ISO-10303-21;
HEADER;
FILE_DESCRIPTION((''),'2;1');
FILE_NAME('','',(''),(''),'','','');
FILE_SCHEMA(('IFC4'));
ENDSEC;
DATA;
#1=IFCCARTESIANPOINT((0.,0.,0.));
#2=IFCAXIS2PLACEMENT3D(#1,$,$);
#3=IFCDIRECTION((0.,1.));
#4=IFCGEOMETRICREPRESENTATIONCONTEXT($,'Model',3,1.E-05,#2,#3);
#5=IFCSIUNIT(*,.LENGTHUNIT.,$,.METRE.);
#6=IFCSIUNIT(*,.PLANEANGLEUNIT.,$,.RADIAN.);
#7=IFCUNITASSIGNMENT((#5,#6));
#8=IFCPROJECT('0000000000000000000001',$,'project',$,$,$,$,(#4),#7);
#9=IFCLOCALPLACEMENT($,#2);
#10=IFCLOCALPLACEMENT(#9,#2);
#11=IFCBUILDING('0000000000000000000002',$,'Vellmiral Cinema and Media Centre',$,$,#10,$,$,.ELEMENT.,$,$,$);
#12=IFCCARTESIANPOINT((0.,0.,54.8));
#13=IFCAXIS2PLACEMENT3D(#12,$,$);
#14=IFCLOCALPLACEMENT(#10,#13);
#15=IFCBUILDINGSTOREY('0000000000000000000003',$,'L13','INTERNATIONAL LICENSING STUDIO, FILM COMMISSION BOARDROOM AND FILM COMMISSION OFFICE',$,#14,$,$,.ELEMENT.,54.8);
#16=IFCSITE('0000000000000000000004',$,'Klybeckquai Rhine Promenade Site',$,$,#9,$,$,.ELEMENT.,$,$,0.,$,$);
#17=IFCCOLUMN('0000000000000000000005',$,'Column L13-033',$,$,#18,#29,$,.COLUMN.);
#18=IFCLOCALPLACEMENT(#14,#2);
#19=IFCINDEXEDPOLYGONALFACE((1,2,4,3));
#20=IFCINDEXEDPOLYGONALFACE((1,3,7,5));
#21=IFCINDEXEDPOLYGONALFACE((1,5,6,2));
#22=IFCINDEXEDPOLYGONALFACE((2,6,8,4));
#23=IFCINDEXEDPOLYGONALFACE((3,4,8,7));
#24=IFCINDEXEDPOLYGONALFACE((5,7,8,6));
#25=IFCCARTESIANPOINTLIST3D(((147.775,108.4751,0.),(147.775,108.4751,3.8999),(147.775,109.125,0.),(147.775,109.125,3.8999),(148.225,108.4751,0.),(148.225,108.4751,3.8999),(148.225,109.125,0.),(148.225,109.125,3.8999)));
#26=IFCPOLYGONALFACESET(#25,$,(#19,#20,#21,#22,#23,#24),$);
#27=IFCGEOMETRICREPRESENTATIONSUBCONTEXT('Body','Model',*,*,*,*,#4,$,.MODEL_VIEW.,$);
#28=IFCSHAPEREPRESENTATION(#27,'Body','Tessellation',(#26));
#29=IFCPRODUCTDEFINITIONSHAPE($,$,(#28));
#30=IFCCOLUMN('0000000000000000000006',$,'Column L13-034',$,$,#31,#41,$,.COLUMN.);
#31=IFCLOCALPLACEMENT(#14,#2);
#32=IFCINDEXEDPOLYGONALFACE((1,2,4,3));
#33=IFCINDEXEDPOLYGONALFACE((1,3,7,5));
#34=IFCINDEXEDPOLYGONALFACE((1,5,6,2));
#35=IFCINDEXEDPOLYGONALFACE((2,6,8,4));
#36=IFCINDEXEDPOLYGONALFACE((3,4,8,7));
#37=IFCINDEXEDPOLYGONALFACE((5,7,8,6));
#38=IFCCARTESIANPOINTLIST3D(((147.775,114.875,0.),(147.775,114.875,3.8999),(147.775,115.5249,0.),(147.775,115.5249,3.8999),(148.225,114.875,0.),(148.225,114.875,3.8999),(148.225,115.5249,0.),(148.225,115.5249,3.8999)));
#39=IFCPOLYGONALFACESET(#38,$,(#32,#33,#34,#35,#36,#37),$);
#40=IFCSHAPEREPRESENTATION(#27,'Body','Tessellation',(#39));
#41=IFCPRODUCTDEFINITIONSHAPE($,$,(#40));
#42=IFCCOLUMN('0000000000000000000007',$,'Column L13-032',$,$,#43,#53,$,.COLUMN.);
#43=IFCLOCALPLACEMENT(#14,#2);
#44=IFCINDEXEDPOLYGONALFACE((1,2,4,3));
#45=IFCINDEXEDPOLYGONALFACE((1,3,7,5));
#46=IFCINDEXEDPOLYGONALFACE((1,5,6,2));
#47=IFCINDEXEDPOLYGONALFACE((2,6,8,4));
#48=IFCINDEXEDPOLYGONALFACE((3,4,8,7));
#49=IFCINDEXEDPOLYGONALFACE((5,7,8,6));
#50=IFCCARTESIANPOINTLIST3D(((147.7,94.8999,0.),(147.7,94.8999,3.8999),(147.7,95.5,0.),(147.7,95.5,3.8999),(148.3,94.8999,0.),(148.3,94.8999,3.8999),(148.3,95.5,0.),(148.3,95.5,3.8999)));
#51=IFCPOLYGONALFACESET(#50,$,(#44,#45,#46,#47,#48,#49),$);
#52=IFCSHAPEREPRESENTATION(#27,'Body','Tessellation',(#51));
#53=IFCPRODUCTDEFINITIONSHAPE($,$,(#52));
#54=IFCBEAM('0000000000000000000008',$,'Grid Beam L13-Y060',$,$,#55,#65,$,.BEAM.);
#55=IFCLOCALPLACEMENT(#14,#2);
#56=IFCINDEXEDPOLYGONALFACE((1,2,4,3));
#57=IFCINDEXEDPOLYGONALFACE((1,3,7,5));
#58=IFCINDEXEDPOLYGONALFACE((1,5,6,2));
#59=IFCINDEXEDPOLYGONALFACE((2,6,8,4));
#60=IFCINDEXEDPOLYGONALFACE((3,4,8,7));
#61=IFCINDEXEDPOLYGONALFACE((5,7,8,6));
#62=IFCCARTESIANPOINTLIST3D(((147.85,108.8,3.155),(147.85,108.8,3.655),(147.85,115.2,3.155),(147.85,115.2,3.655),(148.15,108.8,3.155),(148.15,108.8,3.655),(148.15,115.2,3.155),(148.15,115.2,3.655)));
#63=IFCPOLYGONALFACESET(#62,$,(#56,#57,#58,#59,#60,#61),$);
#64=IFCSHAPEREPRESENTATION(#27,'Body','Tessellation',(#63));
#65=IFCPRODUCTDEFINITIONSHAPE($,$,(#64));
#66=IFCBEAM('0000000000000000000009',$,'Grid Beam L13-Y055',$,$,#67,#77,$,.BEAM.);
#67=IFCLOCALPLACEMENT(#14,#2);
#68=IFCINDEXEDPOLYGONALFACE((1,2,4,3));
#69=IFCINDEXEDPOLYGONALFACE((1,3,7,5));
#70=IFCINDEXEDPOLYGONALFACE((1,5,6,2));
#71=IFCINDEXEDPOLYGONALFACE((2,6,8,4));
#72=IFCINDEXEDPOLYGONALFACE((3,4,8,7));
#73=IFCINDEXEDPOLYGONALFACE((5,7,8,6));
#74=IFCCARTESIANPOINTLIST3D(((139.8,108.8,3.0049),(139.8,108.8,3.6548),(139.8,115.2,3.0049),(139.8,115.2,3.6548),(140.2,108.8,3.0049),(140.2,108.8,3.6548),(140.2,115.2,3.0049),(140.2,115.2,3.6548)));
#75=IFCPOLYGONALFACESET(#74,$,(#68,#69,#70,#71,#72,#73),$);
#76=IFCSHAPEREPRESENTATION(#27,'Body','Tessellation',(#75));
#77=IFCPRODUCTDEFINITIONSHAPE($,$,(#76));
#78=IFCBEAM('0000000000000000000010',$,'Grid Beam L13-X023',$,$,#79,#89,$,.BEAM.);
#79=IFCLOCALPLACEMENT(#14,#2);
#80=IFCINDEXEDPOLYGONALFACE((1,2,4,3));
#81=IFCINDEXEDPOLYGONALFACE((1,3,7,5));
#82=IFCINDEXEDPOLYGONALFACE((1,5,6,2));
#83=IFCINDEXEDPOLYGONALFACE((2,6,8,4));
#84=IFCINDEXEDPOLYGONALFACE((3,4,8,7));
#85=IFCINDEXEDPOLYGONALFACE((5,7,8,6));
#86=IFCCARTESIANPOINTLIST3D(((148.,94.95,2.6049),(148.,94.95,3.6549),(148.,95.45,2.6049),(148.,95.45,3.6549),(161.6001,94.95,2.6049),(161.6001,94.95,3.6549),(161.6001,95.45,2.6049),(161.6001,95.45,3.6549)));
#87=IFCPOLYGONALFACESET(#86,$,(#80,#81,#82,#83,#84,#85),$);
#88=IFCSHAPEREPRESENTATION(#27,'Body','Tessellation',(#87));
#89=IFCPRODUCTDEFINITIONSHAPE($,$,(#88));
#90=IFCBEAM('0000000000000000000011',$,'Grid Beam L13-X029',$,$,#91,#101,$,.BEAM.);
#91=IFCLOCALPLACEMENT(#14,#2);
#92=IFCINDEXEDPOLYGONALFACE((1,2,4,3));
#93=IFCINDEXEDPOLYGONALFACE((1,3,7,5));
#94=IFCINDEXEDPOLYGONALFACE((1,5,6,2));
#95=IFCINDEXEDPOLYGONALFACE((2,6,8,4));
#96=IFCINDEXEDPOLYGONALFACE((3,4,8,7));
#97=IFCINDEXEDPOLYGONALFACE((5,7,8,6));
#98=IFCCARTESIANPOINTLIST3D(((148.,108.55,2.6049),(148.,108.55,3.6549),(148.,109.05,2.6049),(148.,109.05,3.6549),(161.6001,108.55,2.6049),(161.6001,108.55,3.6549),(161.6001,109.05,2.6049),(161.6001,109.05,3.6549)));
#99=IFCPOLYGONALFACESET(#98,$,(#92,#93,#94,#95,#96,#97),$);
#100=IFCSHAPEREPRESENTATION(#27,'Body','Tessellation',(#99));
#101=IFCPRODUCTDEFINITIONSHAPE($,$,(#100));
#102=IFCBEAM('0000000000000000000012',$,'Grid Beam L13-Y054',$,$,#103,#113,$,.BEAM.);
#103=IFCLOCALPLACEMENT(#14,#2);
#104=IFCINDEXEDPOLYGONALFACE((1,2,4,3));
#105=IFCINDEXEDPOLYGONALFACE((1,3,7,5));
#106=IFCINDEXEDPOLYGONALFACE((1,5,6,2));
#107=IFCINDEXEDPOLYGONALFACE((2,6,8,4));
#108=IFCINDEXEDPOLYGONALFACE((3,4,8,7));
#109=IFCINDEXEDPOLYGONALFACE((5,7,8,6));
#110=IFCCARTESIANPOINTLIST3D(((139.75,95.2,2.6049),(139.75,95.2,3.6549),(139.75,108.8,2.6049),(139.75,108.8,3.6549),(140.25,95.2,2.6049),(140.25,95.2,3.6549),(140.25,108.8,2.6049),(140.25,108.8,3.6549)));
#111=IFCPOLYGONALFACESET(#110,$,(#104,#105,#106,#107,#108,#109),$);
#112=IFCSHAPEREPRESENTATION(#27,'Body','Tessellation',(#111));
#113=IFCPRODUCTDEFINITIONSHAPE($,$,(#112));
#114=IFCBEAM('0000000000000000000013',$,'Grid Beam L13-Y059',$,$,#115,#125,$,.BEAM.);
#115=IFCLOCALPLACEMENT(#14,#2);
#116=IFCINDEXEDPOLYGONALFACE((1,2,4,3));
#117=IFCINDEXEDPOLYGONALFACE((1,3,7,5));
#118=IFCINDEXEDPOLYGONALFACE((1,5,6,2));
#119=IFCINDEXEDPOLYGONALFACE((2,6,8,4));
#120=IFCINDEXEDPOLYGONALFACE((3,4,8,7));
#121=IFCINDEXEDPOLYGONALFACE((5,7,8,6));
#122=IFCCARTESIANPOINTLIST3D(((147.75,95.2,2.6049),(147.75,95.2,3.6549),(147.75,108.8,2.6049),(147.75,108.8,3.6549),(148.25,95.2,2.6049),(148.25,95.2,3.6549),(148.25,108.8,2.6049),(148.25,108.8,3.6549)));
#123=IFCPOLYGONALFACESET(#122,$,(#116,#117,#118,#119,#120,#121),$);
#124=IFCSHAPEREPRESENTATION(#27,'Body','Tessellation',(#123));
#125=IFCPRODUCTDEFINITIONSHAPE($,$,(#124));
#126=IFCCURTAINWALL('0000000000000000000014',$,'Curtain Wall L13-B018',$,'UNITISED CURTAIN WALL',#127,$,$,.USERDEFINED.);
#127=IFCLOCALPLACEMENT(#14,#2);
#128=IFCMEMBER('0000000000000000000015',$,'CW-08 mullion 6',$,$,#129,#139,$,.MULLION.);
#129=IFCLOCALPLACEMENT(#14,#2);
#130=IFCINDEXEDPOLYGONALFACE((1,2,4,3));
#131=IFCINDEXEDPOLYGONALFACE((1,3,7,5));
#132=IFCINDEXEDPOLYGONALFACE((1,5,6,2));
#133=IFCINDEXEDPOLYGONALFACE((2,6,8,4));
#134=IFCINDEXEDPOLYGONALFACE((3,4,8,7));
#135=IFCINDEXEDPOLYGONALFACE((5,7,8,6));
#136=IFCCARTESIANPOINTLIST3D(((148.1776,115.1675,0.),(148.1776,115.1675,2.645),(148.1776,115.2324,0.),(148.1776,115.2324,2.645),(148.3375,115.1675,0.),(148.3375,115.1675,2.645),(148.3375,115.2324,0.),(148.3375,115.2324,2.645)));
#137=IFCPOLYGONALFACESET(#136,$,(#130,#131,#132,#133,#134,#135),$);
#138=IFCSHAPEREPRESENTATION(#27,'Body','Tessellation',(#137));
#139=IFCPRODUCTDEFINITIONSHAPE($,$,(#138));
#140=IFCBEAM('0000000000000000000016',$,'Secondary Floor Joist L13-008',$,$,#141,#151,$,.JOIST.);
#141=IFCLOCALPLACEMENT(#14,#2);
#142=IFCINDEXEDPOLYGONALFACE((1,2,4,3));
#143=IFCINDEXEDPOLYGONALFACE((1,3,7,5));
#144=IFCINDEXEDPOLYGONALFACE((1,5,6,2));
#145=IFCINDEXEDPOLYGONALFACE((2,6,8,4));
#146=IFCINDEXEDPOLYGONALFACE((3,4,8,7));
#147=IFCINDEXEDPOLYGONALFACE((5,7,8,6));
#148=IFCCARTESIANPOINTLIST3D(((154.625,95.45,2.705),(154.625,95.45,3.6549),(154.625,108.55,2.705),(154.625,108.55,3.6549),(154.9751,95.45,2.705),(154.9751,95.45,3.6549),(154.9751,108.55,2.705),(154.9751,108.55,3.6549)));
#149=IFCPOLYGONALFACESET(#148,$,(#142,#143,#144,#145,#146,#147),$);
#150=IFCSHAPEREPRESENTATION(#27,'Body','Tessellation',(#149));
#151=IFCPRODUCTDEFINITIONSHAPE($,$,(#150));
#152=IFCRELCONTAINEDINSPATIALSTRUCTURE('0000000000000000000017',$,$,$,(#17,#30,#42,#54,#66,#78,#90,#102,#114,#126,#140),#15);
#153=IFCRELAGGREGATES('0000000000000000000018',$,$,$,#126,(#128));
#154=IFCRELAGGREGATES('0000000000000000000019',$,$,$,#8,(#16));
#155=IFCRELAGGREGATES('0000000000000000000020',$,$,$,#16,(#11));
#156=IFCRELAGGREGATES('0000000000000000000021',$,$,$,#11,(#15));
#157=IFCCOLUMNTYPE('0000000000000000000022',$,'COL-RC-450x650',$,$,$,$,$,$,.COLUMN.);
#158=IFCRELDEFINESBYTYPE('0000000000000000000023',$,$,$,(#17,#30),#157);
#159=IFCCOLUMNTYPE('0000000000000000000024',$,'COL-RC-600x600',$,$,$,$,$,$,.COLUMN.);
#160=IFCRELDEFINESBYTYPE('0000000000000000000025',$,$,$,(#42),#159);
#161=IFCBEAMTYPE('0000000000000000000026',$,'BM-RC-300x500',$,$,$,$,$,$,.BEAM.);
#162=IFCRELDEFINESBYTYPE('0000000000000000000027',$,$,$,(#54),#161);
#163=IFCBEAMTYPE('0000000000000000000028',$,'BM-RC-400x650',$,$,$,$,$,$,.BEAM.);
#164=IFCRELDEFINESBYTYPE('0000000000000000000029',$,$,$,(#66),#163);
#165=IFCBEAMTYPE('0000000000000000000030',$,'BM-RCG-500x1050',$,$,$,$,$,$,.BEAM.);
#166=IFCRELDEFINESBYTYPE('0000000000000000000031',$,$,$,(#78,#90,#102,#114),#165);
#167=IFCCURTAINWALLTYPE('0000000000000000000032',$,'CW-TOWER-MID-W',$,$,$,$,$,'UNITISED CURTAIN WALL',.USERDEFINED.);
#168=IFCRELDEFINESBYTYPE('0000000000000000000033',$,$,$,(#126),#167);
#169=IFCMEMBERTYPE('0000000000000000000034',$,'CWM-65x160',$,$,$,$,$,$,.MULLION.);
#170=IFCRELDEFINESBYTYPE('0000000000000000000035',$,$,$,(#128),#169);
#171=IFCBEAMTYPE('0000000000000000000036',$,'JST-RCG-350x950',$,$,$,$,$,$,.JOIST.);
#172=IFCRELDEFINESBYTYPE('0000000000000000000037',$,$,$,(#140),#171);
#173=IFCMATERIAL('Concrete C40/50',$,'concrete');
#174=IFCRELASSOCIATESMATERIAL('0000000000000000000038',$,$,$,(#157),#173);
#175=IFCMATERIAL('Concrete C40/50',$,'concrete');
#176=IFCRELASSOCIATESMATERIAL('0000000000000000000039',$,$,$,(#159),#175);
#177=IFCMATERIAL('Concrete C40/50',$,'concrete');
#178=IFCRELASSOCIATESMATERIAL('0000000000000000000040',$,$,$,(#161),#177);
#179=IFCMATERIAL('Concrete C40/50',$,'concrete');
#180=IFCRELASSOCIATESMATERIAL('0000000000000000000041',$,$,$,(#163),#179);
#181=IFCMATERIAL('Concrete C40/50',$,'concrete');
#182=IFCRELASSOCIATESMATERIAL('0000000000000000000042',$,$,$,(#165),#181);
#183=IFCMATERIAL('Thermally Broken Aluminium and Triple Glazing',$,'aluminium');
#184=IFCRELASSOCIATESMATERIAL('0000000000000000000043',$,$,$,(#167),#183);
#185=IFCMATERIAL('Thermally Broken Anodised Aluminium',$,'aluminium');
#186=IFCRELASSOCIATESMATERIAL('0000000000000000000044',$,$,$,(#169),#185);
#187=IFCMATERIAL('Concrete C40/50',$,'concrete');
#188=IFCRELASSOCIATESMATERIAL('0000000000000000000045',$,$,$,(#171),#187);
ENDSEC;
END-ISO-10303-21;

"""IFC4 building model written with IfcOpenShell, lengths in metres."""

from ifc_helpers import new_model, si_unit, direction, frame, origin, origin_2d, place, context, subcontext, project, spatial, rectangle, extrude, material, material_profile, profile_set, type_object, element, aggregate, save


model = new_model("IFC4")

# Units and contexts
model_context = context("Model", 3, precision=1e-05, world=origin(), true_north=direction((0.0, 1.0)))
body_context = subcontext(model_context, "Body", "Model", "MODEL_VIEW")
ifc_project = project(units=[si_unit("LENGTHUNIT", "METRE"), si_unit("PLANEANGLEUNIT", "RADIAN")], contexts=[model_context])

# Site, building, storey
site_placement = place(None, origin())
site = spatial("IfcSite", under=ifc_project, at=site_placement, Name="Klybeckquai Rhine Promenade Site", CompositionType="ELEMENT", RefElevation=0.0)
building_placement = place(site_placement, origin())
building = spatial("IfcBuilding", under=site, at=building_placement, Name="Vellmiral Cinema and Media Centre", CompositionType="ELEMENT")
storey_placement = place(building_placement, frame((0.0, 0.0, 54.8)))
storey = spatial("IfcBuildingStorey", under=building, at=storey_placement, Name="L13", Description="INTERNATIONAL LICENSING STUDIO, FILM COMMISSION BOARDROOM AND FILM COMMISSION OFFICE", CompositionType="ELEMENT", Elevation=54.8)

# Columns
ifc_material_1 = material(Name="Concrete C40/50", Category="concrete")
ifc_material_profile_1 = material_profile(ifc_material_1, rectangle(XDim=0.45, YDim=0.6499, at=origin_2d()), Name="RC 450x650")
ifc_profile_set_1 = profile_set([ifc_material_profile_1], Name="Concrete C40/50")
column_type_1 = type_object("IfcColumnType", Name="COL-RC-450x650", PredefinedType="COLUMN", material=ifc_profile_set_1)
for number, where, z_axis, x_axis, name in (
    (1, (148.0, 108.8, 0.0), (0.0, 0.0, 1.0), (1.0, 0.0, 0.0), "Column L13-033"),
    (2, (148.0, 115.2, 0.0), (0.0, 0.0, 1.0), (1.0, 0.0, 0.0), "Column L13-034"),
):
    element("IfcColumn", number, at=place(storey_placement, frame(where, z_axis=z_axis, x_axis=x_axis)), inside=storey, type_object=column_type_1, Name=name, PredefinedType="COLUMN", context=body_context, shape_type="SweptSolid", body=[
        extrude(rectangle(XDim=0.45, YDim=0.6499, at=origin_2d()), origin(), (0.0, 0.0, 1.0), 3.8999),
    ])
ifc_material_2 = material(Name="Concrete C40/50", Category="concrete")
ifc_material_profile_2 = material_profile(ifc_material_2, rectangle(XDim=0.6001, YDim=0.6001, at=origin_2d()), Name="RC 600x600")
ifc_profile_set_2 = profile_set([ifc_material_profile_2], Name="Concrete C40/50")
column_type_2 = type_object("IfcColumnType", Name="COL-RC-600x600", PredefinedType="COLUMN", material=ifc_profile_set_2)
column_placement = place(storey_placement, frame((148.0, 95.2, 0.0), z_axis=(0.0, 0.0, 1.0), x_axis=(1.0, 0.0, 0.0)))
element("IfcColumn", 3, at=column_placement, inside=storey, type_object=column_type_2, Name="Column L13-032", PredefinedType="COLUMN", context=body_context, shape_type="SweptSolid", body=[
    extrude(rectangle(XDim=0.6001, YDim=0.6001, at=origin_2d()), origin(), (0.0, 0.0, 1.0), 3.8999),
])

# Beams
ifc_material_3 = material(Name="Concrete C40/50", Category="concrete")
ifc_material_profile_3 = material_profile(ifc_material_3, rectangle(XDim=0.3, YDim=0.5, at=origin_2d()), Name="RC 300x500")
ifc_profile_set_3 = profile_set([ifc_material_profile_3], Name="Concrete C40/50")
beam_type_1 = type_object("IfcBeamType", Name="BM-RC-300x500", PredefinedType="BEAM", material=ifc_profile_set_3)
beam_1_placement = place(storey_placement, frame((148.0, 108.8, 3.405), z_axis=(0.0, 1.0, 0.0), x_axis=(-1.0, 0.0, 0.0)))
element("IfcBeam", 4, at=beam_1_placement, inside=storey, type_object=beam_type_1, Name="Grid Beam L13-Y060", PredefinedType="BEAM", context=body_context, shape_type="SweptSolid", body=[
    extrude(rectangle(XDim=0.3, YDim=0.5, at=origin_2d()), origin(), (0.0, 0.0, 1.0), 6.3999),
])
ifc_material_4 = material(Name="Concrete C40/50", Category="concrete")
ifc_material_profile_4 = material_profile(ifc_material_4, rectangle(XDim=0.3999, YDim=0.6499, at=origin_2d()), Name="RC 400x650")
ifc_profile_set_4 = profile_set([ifc_material_profile_4], Name="Concrete C40/50")
beam_type_2 = type_object("IfcBeamType", Name="BM-RC-400x650", PredefinedType="BEAM", material=ifc_profile_set_4)
beam_2_placement = place(storey_placement, frame((140.0, 108.8, 3.3298), z_axis=(0.0, 1.0, 0.0), x_axis=(-1.0, 0.0, 0.0)))
element("IfcBeam", 5, at=beam_2_placement, inside=storey, type_object=beam_type_2, Name="Grid Beam L13-Y055", PredefinedType="BEAM", context=body_context, shape_type="SweptSolid", body=[
    extrude(rectangle(XDim=0.3999, YDim=0.6499, at=origin_2d()), origin(), (0.0, 0.0, 1.0), 6.3999),
])
ifc_material_5 = material(Name="Concrete C40/50", Category="concrete")
ifc_material_profile_5 = material_profile(ifc_material_5, rectangle(XDim=0.5, YDim=1.05, at=origin_2d()), Name="RC 500x1050")
ifc_profile_set_5 = profile_set([ifc_material_profile_5], Name="Concrete C40/50")
beam_type_3 = type_object("IfcBeamType", Name="BM-RCG-500x1050", PredefinedType="BEAM", material=ifc_profile_set_5)
for number, where, z_axis, x_axis, name in (
    (6, (148.0, 95.2, 3.1299), (1.0, 0.0, 0.0), (0.0, 1.0, 0.0), "Grid Beam L13-X023"),
    (7, (148.0, 108.8, 3.1299), (1.0, 0.0, 0.0), (0.0, 1.0, 0.0), "Grid Beam L13-X029"),
    (8, (140.0, 95.2, 3.1299), (0.0, 1.0, 0.0), (-1.0, 0.0, 0.0), "Grid Beam L13-Y054"),
    (9, (148.0, 95.2, 3.1299), (0.0, 1.0, 0.0), (-1.0, 0.0, 0.0), "Grid Beam L13-Y059"),
):
    element("IfcBeam", number, at=place(storey_placement, frame(where, z_axis=z_axis, x_axis=x_axis)), inside=storey, type_object=beam_type_3, Name=name, PredefinedType="BEAM", context=body_context, shape_type="SweptSolid", body=[
        extrude(rectangle(XDim=0.5, YDim=1.05, at=origin_2d()), origin(), (0.0, 0.0, 1.0), 13.6001),
    ])

# Curtain wall, member
ifc_material_6 = material(Name="Thermally Broken Aluminium and Triple Glazing", Category="aluminium")
curtain_wall_type = type_object("IfcCurtainWallType", Name="CW-TOWER-MID-W", ElementType="UNITISED CURTAIN WALL", PredefinedType="USERDEFINED", material=ifc_material_6)
curtain_wall_placement = place(storey_placement, origin())
curtain_wall = element("IfcCurtainWall", 10, at=curtain_wall_placement, inside=storey, type_object=curtain_wall_type, Name="Curtain Wall L13-B018", ObjectType="UNITISED CURTAIN WALL", PredefinedType="USERDEFINED")
ifc_material_7 = material(Name="Thermally Broken Anodised Aluminium", Category="aluminium")
ifc_material_profile_6 = material_profile(ifc_material_7, rectangle(XDim=0.0649, YDim=0.1599, at=origin_2d()), Name="MULL 65x160")
ifc_profile_set_6 = profile_set([ifc_material_profile_6], Name="Thermally Broken Anodised Aluminium")
member_type = type_object("IfcMemberType", Name="CWM-65x160", PredefinedType="MULLION", material=ifc_profile_set_6)
member_placement = place(storey_placement, frame((148.2576, 115.2, 0.0), z_axis=(0.0, 0.0, 1.0), x_axis=(0.0, -1.0, 0.0)))
member = element("IfcMember", 11, at=member_placement, type_object=member_type, Name="CW-08 mullion 6", PredefinedType="MULLION", context=body_context, shape_type="SweptSolid", body=[
    extrude(rectangle(XDim=0.0649, YDim=0.1599, at=origin_2d()), origin(), (0.0, 0.0, 1.0), 2.645),
])
aggregate(curtain_wall, [member])

# Beam
ifc_material_8 = material(Name="Concrete C40/50", Category="concrete")
ifc_material_profile_7 = material_profile(ifc_material_8, rectangle(XDim=0.3501, YDim=0.95, at=origin_2d()), Name="RC 350x950")
ifc_profile_set_7 = profile_set([ifc_material_profile_7], Name="Concrete C40/50")
beam_type_4 = type_object("IfcBeamType", Name="JST-RCG-350x950", PredefinedType="JOIST", material=ifc_profile_set_7)
beam_3_placement = place(storey_placement, frame((154.8, 95.45, 3.1799), z_axis=(0.0, 1.0, 0.0), x_axis=(-1.0, 0.0, 0.0)))
element("IfcBeam", 12, at=beam_3_placement, inside=storey, type_object=beam_type_4, Name="Secondary Floor Joist L13-008", PredefinedType="JOIST", context=body_context, shape_type="SweptSolid", body=[
    extrude(rectangle(XDim=0.3501, YDim=0.95, at=origin_2d()), origin(), (0.0, 0.0, 1.0), 13.1001),
])

save(model, "model.ifc")
